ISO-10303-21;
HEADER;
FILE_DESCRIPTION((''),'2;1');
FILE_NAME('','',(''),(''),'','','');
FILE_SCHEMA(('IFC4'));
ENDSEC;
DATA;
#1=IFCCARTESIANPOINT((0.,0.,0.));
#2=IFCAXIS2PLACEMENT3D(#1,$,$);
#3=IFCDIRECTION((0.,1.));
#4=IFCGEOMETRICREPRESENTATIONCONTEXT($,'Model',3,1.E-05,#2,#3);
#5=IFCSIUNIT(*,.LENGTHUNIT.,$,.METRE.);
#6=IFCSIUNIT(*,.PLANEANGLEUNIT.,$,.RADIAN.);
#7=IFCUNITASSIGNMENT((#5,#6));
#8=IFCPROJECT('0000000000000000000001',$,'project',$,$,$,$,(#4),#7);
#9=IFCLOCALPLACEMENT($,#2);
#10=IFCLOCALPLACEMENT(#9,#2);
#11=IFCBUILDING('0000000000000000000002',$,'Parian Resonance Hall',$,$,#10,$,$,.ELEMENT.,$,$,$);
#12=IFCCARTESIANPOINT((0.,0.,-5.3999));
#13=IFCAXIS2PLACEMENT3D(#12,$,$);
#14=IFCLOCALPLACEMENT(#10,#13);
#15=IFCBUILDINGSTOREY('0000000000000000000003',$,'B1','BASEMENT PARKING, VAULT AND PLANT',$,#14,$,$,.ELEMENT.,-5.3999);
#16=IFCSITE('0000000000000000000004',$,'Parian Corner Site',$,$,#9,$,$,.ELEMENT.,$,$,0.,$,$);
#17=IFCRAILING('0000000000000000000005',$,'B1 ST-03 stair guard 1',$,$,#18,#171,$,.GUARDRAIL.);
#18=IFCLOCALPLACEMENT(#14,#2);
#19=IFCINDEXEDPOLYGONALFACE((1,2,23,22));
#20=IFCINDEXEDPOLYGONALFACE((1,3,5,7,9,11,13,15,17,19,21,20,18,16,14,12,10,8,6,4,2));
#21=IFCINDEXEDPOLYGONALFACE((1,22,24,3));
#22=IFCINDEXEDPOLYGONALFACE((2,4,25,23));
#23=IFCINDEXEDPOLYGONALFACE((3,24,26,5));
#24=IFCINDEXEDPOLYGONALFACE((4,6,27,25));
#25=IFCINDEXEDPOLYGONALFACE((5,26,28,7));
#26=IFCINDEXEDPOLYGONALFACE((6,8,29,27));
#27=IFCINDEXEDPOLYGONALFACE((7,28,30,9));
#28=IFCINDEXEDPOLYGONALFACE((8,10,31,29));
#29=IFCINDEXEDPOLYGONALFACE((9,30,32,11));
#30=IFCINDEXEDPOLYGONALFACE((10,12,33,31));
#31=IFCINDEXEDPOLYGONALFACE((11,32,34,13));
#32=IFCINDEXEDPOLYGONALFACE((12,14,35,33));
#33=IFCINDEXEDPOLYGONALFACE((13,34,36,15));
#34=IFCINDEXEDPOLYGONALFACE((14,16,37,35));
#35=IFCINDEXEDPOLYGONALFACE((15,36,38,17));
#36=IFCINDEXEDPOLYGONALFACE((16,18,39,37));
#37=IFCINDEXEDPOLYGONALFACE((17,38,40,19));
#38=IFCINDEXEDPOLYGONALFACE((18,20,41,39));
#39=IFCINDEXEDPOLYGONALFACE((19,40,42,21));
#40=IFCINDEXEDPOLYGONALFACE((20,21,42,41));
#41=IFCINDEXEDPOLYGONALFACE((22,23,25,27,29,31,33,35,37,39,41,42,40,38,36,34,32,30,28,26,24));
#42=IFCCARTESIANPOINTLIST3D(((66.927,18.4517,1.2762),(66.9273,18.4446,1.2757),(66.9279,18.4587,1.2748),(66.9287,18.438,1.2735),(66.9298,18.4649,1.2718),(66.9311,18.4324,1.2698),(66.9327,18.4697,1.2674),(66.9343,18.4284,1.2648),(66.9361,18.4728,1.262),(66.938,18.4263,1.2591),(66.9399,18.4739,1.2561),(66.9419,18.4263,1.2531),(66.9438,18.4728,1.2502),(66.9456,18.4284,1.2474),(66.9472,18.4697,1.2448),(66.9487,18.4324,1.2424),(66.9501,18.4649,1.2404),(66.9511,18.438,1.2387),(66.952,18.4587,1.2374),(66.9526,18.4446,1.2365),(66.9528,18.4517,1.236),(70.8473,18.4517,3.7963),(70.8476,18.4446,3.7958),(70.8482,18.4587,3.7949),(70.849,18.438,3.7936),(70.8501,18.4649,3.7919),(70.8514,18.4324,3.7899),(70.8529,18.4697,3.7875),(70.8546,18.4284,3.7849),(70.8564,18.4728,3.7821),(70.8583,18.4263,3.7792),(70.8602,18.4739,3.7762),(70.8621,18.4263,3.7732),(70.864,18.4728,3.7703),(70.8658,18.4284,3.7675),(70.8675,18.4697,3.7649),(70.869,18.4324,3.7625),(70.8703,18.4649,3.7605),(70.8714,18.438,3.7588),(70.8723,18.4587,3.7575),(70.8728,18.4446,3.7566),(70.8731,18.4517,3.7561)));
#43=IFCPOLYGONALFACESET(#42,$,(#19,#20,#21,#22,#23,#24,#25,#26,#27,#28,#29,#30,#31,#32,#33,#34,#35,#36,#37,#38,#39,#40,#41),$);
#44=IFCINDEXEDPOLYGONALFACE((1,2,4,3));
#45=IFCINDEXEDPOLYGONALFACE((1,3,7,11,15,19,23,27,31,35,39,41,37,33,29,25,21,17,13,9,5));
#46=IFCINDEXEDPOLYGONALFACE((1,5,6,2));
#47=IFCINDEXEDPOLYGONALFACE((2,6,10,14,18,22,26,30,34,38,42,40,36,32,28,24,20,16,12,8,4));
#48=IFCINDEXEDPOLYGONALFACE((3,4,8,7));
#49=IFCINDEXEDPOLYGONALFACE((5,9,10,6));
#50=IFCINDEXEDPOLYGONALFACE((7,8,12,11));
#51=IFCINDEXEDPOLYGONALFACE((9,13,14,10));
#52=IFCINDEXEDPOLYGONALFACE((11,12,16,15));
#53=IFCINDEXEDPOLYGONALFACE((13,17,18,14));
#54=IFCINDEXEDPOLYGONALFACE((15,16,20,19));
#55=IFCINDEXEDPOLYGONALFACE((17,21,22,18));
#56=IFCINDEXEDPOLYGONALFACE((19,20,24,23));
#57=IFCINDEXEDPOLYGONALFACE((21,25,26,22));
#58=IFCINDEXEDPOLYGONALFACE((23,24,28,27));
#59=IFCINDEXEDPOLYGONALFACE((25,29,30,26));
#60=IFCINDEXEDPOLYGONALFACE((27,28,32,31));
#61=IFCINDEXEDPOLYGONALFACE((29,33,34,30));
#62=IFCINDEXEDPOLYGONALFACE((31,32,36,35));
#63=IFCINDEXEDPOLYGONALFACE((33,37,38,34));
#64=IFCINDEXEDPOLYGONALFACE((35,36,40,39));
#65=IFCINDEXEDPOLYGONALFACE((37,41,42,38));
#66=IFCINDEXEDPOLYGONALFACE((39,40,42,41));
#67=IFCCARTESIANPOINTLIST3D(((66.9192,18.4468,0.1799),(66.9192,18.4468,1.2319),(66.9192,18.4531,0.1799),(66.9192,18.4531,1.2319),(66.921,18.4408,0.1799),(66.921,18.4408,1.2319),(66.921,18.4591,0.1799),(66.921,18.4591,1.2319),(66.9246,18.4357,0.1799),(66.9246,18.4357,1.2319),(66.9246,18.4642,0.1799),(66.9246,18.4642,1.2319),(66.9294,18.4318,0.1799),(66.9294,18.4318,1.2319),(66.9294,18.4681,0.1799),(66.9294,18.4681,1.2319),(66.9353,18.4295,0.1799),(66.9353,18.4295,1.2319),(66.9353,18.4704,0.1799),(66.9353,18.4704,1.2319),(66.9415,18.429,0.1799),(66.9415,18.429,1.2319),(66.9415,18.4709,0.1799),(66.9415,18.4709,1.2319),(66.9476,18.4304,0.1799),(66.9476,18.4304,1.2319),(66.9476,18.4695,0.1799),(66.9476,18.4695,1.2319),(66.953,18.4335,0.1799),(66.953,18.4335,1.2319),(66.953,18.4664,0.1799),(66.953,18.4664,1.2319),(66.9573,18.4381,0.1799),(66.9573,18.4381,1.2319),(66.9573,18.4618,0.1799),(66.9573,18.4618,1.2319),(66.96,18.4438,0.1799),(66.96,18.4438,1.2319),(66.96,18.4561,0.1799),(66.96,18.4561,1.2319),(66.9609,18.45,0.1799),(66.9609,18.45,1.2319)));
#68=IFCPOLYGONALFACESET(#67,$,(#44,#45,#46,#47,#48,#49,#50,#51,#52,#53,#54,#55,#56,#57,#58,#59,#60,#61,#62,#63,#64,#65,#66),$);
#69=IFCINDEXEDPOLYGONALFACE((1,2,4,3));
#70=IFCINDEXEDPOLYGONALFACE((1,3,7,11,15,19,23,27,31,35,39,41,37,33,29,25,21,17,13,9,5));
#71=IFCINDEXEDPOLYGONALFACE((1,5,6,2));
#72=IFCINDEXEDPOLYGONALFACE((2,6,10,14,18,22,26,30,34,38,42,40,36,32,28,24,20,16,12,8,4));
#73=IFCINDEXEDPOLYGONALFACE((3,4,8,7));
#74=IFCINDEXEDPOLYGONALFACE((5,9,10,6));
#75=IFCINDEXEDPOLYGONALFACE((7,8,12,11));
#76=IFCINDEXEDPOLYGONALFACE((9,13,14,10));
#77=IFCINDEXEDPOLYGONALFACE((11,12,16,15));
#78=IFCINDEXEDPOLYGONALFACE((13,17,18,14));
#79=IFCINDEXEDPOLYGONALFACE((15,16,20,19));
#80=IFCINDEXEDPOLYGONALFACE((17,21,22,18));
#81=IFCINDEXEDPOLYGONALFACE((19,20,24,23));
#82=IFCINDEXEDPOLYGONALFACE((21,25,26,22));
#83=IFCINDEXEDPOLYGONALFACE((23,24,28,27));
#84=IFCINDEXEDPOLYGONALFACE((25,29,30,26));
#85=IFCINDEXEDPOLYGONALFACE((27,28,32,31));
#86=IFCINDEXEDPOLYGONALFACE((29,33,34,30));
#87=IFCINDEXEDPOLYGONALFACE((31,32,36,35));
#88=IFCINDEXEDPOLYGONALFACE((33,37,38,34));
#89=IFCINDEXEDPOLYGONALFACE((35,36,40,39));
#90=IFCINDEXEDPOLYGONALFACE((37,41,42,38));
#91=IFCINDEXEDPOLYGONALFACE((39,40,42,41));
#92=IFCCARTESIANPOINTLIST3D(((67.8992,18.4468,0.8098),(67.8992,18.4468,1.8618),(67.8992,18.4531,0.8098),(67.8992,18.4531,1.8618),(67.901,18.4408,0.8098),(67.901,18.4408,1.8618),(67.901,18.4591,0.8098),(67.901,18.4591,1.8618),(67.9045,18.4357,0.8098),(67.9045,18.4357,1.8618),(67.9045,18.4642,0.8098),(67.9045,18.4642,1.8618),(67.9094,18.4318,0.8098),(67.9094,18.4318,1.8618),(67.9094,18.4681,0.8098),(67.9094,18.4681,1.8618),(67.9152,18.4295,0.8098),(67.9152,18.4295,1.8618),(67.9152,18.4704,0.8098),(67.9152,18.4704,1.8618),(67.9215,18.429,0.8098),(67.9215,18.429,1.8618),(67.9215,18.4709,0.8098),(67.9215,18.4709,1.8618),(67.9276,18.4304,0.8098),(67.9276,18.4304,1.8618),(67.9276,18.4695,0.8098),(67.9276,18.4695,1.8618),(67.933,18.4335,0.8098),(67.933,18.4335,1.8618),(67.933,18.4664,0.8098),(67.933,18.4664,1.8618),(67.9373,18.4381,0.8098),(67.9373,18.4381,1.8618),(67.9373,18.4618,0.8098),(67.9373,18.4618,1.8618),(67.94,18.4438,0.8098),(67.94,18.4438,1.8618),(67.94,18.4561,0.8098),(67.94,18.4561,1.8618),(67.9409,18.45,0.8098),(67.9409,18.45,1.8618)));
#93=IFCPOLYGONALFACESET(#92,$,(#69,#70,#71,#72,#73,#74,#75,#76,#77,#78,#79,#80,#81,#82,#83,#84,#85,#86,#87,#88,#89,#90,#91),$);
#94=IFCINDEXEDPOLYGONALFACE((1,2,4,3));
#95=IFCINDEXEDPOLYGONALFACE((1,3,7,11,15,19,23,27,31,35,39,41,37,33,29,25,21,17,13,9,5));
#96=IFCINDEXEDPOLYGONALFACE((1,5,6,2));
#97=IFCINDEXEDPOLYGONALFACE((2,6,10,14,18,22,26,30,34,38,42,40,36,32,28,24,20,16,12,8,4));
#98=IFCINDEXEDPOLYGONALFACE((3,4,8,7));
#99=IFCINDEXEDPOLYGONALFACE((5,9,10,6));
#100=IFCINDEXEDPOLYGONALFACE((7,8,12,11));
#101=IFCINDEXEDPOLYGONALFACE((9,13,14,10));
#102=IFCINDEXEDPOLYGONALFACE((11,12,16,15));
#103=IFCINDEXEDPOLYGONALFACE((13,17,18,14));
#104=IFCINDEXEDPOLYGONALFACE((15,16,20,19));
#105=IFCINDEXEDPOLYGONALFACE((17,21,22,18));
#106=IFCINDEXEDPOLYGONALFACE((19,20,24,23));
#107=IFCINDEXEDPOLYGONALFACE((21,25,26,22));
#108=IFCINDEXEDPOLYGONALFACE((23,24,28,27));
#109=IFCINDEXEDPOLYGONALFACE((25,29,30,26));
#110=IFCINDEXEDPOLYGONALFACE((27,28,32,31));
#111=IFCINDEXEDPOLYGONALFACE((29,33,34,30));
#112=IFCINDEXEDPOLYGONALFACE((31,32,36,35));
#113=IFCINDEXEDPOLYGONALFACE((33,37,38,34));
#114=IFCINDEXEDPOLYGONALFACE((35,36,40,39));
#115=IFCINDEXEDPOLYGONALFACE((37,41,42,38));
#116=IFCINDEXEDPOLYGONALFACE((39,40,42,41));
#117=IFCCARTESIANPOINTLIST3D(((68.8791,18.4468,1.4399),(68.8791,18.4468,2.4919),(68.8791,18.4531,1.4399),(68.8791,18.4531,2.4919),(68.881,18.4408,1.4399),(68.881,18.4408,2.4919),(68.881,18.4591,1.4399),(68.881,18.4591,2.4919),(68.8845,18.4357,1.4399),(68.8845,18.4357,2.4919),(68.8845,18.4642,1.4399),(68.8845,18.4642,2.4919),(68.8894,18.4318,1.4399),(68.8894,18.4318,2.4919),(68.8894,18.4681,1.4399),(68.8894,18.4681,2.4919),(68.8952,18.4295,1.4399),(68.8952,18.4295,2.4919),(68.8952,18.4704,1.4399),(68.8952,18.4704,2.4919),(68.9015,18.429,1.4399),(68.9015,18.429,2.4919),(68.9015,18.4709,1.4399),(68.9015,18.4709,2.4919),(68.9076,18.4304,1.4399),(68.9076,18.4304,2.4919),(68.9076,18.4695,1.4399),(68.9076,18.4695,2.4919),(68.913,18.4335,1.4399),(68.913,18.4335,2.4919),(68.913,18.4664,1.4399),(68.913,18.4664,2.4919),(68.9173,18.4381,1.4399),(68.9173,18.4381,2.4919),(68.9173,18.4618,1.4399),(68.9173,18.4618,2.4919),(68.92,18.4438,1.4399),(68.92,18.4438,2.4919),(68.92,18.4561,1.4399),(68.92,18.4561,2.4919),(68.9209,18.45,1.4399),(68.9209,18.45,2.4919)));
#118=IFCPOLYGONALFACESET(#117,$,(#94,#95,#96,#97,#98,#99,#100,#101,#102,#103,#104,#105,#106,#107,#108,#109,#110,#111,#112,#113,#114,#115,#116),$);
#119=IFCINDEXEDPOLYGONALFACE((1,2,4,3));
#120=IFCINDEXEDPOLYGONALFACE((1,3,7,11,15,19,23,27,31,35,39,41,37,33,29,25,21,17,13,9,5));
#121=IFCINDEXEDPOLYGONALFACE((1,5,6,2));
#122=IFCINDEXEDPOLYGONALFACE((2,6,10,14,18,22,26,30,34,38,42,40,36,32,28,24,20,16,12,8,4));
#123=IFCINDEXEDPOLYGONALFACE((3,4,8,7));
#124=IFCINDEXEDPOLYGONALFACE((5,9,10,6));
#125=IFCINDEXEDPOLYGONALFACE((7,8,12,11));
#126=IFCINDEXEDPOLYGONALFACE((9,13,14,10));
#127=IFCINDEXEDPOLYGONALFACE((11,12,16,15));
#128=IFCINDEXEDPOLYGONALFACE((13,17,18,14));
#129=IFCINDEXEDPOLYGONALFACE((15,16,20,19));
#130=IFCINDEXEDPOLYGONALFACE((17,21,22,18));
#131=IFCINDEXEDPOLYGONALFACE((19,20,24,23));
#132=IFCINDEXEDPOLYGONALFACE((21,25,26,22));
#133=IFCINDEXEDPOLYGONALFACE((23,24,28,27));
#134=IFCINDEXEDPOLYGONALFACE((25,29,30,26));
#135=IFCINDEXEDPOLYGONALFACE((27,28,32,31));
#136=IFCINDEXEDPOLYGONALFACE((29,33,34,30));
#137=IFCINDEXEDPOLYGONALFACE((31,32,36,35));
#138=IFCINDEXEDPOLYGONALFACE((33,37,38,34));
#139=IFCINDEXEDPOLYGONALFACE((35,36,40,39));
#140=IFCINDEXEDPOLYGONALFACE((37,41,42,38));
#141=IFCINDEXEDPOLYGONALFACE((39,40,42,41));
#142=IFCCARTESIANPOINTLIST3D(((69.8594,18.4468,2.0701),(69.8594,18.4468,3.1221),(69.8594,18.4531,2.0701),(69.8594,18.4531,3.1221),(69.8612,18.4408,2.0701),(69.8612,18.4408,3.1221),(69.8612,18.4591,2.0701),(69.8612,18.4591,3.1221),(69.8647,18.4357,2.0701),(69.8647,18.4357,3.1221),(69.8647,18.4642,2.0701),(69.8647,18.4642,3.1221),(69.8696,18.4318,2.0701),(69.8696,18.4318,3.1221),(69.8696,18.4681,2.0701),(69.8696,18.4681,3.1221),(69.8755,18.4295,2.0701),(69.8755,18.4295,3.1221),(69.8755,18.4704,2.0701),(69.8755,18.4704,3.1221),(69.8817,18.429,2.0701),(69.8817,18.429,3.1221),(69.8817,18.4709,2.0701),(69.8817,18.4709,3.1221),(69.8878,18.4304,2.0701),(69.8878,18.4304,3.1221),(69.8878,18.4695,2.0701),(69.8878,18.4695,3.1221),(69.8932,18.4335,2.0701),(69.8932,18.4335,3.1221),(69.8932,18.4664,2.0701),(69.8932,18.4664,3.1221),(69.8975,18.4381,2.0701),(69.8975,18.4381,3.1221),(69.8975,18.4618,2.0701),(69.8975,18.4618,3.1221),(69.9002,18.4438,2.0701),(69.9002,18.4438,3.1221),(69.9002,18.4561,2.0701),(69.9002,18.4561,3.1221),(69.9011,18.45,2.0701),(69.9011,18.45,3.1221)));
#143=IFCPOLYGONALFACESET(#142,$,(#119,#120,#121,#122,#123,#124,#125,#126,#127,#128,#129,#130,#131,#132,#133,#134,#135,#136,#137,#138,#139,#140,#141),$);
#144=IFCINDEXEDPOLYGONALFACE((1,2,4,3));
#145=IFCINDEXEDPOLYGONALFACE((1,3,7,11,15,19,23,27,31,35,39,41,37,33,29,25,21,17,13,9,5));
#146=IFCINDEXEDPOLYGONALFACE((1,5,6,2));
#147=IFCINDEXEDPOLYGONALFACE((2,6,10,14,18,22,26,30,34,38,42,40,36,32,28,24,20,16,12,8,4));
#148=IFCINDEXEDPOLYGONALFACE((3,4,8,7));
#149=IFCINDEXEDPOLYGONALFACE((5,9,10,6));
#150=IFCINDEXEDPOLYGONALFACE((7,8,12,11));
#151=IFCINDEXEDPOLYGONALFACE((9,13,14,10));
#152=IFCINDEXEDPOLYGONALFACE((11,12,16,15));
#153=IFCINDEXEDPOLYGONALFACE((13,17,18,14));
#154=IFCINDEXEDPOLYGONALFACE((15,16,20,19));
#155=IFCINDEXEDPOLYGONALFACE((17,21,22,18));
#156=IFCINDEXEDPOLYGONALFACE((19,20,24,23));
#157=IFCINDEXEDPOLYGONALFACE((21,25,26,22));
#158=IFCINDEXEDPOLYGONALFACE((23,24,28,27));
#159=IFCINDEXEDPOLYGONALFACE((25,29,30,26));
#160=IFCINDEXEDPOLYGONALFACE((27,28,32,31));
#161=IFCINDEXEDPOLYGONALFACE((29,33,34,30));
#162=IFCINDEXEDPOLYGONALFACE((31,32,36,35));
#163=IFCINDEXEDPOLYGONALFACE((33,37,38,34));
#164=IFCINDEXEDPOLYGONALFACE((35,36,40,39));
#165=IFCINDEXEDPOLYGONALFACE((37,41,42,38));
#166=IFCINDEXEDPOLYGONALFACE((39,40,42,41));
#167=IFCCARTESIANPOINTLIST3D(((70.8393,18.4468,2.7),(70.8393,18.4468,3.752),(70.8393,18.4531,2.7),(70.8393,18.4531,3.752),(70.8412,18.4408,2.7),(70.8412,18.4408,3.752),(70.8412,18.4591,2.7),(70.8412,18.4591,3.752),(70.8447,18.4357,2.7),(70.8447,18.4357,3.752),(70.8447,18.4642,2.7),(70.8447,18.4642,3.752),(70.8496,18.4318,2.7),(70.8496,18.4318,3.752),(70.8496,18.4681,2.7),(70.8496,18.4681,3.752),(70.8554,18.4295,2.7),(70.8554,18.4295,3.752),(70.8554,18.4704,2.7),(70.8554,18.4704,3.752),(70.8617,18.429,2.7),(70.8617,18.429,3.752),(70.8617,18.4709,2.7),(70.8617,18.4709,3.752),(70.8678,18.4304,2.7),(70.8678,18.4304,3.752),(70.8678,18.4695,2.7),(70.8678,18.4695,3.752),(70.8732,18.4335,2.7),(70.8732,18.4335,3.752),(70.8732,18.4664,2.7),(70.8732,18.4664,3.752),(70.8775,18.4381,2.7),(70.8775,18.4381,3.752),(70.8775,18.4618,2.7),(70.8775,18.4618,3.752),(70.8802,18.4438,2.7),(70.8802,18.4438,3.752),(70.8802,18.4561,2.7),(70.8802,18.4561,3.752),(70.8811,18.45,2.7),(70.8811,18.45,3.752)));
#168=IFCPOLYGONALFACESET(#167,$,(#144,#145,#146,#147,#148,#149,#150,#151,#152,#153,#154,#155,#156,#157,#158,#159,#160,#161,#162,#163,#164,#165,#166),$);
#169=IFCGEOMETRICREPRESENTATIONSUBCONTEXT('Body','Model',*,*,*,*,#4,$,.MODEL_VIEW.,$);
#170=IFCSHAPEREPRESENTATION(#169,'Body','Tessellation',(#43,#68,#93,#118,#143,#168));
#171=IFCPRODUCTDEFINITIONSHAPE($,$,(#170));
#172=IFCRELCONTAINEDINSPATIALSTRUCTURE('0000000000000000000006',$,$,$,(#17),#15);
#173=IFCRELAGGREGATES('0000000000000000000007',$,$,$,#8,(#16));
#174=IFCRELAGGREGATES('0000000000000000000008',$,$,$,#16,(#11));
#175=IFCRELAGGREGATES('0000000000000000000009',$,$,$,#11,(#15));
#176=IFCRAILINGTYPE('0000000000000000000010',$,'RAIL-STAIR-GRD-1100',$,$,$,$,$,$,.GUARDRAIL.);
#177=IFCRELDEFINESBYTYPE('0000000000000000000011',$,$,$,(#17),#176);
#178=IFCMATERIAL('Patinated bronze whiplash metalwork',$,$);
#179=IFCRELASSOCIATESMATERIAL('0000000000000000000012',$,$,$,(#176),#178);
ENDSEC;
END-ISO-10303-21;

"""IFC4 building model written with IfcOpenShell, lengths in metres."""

from ifc_helpers import new_model, si_unit, direction, frame, origin, origin_2d, place, context, subcontext, project, spatial, circle, extrude, material, type_object, element, save


model = new_model("IFC4")

# Units and contexts
model_context = context("Model", 3, precision=1e-05, world=origin(), true_north=direction((0.0, 1.0)))
body_context = subcontext(model_context, "Body", "Model", "MODEL_VIEW")
ifc_project = project(units=[si_unit("LENGTHUNIT", "METRE"), si_unit("PLANEANGLEUNIT", "RADIAN")], contexts=[model_context])

# Site, building, storey
site_placement = place(None, origin())
site = spatial("IfcSite", under=ifc_project, at=site_placement, Name="Parian Corner Site", CompositionType="ELEMENT", RefElevation=0.0)
building_placement = place(site_placement, origin())
building = spatial("IfcBuilding", under=site, at=building_placement, Name="Parian Resonance Hall", CompositionType="ELEMENT")
storey_placement = place(building_placement, frame((0.0, 0.0, -5.3999)))
storey = spatial("IfcBuildingStorey", under=building, at=storey_placement, Name="B1", Description="BASEMENT PARKING, VAULT AND PLANT", CompositionType="ELEMENT", Elevation=-5.3999)

# Railing
ifc_material_1 = material(Name="Patinated bronze whiplash metalwork")
railing_type_1 = type_object("IfcRailingType", Name="RAIL-STAIR-GRD-1100", PredefinedType="GUARDRAIL", material=ifc_material_1)
railing_1_placement = place(storey_placement, frame((66.9399, 18.45, 0.1799)))
element("IfcRailing", 1, at=railing_1_placement, inside=storey, type_object=railing_type_1, Name="B1 ST-03 stair guard 1", PredefinedType="GUARDRAIL", context=body_context, shape_type="SweptSolid", body=[
    extrude(circle(Radius=0.0239, at=origin_2d()), frame((0.0, 0.0, 1.0762), z_axis=(0.841187, 0.0, 0.540744), x_axis=(0.0, 1.0, 0.0)), (0.0, 0.0, 1.0), 4.6604),
    extrude(circle(Radius=0.021, at=origin_2d()), origin(), (0.0, 0.0, 1.0), 1.052),
    extrude(circle(Radius=0.021, at=origin_2d()), frame((0.98, 0.0, 0.6299)), (0.0, 0.0, 1.0), 1.052),
    extrude(circle(Radius=0.021, at=origin_2d()), frame((1.96, 0.0, 1.26)), (0.0, 0.0, 1.0), 1.052),
    extrude(circle(Radius=0.021, at=origin_2d()), frame((2.9402, 0.0, 1.8901)), (0.0, 0.0, 1.0), 1.052),
    extrude(circle(Radius=0.021, at=origin_2d()), frame((3.9202, 0.0, 2.52)), (0.0, 0.0, 1.0), 1.052),
])

save(model, "model.ifc")
